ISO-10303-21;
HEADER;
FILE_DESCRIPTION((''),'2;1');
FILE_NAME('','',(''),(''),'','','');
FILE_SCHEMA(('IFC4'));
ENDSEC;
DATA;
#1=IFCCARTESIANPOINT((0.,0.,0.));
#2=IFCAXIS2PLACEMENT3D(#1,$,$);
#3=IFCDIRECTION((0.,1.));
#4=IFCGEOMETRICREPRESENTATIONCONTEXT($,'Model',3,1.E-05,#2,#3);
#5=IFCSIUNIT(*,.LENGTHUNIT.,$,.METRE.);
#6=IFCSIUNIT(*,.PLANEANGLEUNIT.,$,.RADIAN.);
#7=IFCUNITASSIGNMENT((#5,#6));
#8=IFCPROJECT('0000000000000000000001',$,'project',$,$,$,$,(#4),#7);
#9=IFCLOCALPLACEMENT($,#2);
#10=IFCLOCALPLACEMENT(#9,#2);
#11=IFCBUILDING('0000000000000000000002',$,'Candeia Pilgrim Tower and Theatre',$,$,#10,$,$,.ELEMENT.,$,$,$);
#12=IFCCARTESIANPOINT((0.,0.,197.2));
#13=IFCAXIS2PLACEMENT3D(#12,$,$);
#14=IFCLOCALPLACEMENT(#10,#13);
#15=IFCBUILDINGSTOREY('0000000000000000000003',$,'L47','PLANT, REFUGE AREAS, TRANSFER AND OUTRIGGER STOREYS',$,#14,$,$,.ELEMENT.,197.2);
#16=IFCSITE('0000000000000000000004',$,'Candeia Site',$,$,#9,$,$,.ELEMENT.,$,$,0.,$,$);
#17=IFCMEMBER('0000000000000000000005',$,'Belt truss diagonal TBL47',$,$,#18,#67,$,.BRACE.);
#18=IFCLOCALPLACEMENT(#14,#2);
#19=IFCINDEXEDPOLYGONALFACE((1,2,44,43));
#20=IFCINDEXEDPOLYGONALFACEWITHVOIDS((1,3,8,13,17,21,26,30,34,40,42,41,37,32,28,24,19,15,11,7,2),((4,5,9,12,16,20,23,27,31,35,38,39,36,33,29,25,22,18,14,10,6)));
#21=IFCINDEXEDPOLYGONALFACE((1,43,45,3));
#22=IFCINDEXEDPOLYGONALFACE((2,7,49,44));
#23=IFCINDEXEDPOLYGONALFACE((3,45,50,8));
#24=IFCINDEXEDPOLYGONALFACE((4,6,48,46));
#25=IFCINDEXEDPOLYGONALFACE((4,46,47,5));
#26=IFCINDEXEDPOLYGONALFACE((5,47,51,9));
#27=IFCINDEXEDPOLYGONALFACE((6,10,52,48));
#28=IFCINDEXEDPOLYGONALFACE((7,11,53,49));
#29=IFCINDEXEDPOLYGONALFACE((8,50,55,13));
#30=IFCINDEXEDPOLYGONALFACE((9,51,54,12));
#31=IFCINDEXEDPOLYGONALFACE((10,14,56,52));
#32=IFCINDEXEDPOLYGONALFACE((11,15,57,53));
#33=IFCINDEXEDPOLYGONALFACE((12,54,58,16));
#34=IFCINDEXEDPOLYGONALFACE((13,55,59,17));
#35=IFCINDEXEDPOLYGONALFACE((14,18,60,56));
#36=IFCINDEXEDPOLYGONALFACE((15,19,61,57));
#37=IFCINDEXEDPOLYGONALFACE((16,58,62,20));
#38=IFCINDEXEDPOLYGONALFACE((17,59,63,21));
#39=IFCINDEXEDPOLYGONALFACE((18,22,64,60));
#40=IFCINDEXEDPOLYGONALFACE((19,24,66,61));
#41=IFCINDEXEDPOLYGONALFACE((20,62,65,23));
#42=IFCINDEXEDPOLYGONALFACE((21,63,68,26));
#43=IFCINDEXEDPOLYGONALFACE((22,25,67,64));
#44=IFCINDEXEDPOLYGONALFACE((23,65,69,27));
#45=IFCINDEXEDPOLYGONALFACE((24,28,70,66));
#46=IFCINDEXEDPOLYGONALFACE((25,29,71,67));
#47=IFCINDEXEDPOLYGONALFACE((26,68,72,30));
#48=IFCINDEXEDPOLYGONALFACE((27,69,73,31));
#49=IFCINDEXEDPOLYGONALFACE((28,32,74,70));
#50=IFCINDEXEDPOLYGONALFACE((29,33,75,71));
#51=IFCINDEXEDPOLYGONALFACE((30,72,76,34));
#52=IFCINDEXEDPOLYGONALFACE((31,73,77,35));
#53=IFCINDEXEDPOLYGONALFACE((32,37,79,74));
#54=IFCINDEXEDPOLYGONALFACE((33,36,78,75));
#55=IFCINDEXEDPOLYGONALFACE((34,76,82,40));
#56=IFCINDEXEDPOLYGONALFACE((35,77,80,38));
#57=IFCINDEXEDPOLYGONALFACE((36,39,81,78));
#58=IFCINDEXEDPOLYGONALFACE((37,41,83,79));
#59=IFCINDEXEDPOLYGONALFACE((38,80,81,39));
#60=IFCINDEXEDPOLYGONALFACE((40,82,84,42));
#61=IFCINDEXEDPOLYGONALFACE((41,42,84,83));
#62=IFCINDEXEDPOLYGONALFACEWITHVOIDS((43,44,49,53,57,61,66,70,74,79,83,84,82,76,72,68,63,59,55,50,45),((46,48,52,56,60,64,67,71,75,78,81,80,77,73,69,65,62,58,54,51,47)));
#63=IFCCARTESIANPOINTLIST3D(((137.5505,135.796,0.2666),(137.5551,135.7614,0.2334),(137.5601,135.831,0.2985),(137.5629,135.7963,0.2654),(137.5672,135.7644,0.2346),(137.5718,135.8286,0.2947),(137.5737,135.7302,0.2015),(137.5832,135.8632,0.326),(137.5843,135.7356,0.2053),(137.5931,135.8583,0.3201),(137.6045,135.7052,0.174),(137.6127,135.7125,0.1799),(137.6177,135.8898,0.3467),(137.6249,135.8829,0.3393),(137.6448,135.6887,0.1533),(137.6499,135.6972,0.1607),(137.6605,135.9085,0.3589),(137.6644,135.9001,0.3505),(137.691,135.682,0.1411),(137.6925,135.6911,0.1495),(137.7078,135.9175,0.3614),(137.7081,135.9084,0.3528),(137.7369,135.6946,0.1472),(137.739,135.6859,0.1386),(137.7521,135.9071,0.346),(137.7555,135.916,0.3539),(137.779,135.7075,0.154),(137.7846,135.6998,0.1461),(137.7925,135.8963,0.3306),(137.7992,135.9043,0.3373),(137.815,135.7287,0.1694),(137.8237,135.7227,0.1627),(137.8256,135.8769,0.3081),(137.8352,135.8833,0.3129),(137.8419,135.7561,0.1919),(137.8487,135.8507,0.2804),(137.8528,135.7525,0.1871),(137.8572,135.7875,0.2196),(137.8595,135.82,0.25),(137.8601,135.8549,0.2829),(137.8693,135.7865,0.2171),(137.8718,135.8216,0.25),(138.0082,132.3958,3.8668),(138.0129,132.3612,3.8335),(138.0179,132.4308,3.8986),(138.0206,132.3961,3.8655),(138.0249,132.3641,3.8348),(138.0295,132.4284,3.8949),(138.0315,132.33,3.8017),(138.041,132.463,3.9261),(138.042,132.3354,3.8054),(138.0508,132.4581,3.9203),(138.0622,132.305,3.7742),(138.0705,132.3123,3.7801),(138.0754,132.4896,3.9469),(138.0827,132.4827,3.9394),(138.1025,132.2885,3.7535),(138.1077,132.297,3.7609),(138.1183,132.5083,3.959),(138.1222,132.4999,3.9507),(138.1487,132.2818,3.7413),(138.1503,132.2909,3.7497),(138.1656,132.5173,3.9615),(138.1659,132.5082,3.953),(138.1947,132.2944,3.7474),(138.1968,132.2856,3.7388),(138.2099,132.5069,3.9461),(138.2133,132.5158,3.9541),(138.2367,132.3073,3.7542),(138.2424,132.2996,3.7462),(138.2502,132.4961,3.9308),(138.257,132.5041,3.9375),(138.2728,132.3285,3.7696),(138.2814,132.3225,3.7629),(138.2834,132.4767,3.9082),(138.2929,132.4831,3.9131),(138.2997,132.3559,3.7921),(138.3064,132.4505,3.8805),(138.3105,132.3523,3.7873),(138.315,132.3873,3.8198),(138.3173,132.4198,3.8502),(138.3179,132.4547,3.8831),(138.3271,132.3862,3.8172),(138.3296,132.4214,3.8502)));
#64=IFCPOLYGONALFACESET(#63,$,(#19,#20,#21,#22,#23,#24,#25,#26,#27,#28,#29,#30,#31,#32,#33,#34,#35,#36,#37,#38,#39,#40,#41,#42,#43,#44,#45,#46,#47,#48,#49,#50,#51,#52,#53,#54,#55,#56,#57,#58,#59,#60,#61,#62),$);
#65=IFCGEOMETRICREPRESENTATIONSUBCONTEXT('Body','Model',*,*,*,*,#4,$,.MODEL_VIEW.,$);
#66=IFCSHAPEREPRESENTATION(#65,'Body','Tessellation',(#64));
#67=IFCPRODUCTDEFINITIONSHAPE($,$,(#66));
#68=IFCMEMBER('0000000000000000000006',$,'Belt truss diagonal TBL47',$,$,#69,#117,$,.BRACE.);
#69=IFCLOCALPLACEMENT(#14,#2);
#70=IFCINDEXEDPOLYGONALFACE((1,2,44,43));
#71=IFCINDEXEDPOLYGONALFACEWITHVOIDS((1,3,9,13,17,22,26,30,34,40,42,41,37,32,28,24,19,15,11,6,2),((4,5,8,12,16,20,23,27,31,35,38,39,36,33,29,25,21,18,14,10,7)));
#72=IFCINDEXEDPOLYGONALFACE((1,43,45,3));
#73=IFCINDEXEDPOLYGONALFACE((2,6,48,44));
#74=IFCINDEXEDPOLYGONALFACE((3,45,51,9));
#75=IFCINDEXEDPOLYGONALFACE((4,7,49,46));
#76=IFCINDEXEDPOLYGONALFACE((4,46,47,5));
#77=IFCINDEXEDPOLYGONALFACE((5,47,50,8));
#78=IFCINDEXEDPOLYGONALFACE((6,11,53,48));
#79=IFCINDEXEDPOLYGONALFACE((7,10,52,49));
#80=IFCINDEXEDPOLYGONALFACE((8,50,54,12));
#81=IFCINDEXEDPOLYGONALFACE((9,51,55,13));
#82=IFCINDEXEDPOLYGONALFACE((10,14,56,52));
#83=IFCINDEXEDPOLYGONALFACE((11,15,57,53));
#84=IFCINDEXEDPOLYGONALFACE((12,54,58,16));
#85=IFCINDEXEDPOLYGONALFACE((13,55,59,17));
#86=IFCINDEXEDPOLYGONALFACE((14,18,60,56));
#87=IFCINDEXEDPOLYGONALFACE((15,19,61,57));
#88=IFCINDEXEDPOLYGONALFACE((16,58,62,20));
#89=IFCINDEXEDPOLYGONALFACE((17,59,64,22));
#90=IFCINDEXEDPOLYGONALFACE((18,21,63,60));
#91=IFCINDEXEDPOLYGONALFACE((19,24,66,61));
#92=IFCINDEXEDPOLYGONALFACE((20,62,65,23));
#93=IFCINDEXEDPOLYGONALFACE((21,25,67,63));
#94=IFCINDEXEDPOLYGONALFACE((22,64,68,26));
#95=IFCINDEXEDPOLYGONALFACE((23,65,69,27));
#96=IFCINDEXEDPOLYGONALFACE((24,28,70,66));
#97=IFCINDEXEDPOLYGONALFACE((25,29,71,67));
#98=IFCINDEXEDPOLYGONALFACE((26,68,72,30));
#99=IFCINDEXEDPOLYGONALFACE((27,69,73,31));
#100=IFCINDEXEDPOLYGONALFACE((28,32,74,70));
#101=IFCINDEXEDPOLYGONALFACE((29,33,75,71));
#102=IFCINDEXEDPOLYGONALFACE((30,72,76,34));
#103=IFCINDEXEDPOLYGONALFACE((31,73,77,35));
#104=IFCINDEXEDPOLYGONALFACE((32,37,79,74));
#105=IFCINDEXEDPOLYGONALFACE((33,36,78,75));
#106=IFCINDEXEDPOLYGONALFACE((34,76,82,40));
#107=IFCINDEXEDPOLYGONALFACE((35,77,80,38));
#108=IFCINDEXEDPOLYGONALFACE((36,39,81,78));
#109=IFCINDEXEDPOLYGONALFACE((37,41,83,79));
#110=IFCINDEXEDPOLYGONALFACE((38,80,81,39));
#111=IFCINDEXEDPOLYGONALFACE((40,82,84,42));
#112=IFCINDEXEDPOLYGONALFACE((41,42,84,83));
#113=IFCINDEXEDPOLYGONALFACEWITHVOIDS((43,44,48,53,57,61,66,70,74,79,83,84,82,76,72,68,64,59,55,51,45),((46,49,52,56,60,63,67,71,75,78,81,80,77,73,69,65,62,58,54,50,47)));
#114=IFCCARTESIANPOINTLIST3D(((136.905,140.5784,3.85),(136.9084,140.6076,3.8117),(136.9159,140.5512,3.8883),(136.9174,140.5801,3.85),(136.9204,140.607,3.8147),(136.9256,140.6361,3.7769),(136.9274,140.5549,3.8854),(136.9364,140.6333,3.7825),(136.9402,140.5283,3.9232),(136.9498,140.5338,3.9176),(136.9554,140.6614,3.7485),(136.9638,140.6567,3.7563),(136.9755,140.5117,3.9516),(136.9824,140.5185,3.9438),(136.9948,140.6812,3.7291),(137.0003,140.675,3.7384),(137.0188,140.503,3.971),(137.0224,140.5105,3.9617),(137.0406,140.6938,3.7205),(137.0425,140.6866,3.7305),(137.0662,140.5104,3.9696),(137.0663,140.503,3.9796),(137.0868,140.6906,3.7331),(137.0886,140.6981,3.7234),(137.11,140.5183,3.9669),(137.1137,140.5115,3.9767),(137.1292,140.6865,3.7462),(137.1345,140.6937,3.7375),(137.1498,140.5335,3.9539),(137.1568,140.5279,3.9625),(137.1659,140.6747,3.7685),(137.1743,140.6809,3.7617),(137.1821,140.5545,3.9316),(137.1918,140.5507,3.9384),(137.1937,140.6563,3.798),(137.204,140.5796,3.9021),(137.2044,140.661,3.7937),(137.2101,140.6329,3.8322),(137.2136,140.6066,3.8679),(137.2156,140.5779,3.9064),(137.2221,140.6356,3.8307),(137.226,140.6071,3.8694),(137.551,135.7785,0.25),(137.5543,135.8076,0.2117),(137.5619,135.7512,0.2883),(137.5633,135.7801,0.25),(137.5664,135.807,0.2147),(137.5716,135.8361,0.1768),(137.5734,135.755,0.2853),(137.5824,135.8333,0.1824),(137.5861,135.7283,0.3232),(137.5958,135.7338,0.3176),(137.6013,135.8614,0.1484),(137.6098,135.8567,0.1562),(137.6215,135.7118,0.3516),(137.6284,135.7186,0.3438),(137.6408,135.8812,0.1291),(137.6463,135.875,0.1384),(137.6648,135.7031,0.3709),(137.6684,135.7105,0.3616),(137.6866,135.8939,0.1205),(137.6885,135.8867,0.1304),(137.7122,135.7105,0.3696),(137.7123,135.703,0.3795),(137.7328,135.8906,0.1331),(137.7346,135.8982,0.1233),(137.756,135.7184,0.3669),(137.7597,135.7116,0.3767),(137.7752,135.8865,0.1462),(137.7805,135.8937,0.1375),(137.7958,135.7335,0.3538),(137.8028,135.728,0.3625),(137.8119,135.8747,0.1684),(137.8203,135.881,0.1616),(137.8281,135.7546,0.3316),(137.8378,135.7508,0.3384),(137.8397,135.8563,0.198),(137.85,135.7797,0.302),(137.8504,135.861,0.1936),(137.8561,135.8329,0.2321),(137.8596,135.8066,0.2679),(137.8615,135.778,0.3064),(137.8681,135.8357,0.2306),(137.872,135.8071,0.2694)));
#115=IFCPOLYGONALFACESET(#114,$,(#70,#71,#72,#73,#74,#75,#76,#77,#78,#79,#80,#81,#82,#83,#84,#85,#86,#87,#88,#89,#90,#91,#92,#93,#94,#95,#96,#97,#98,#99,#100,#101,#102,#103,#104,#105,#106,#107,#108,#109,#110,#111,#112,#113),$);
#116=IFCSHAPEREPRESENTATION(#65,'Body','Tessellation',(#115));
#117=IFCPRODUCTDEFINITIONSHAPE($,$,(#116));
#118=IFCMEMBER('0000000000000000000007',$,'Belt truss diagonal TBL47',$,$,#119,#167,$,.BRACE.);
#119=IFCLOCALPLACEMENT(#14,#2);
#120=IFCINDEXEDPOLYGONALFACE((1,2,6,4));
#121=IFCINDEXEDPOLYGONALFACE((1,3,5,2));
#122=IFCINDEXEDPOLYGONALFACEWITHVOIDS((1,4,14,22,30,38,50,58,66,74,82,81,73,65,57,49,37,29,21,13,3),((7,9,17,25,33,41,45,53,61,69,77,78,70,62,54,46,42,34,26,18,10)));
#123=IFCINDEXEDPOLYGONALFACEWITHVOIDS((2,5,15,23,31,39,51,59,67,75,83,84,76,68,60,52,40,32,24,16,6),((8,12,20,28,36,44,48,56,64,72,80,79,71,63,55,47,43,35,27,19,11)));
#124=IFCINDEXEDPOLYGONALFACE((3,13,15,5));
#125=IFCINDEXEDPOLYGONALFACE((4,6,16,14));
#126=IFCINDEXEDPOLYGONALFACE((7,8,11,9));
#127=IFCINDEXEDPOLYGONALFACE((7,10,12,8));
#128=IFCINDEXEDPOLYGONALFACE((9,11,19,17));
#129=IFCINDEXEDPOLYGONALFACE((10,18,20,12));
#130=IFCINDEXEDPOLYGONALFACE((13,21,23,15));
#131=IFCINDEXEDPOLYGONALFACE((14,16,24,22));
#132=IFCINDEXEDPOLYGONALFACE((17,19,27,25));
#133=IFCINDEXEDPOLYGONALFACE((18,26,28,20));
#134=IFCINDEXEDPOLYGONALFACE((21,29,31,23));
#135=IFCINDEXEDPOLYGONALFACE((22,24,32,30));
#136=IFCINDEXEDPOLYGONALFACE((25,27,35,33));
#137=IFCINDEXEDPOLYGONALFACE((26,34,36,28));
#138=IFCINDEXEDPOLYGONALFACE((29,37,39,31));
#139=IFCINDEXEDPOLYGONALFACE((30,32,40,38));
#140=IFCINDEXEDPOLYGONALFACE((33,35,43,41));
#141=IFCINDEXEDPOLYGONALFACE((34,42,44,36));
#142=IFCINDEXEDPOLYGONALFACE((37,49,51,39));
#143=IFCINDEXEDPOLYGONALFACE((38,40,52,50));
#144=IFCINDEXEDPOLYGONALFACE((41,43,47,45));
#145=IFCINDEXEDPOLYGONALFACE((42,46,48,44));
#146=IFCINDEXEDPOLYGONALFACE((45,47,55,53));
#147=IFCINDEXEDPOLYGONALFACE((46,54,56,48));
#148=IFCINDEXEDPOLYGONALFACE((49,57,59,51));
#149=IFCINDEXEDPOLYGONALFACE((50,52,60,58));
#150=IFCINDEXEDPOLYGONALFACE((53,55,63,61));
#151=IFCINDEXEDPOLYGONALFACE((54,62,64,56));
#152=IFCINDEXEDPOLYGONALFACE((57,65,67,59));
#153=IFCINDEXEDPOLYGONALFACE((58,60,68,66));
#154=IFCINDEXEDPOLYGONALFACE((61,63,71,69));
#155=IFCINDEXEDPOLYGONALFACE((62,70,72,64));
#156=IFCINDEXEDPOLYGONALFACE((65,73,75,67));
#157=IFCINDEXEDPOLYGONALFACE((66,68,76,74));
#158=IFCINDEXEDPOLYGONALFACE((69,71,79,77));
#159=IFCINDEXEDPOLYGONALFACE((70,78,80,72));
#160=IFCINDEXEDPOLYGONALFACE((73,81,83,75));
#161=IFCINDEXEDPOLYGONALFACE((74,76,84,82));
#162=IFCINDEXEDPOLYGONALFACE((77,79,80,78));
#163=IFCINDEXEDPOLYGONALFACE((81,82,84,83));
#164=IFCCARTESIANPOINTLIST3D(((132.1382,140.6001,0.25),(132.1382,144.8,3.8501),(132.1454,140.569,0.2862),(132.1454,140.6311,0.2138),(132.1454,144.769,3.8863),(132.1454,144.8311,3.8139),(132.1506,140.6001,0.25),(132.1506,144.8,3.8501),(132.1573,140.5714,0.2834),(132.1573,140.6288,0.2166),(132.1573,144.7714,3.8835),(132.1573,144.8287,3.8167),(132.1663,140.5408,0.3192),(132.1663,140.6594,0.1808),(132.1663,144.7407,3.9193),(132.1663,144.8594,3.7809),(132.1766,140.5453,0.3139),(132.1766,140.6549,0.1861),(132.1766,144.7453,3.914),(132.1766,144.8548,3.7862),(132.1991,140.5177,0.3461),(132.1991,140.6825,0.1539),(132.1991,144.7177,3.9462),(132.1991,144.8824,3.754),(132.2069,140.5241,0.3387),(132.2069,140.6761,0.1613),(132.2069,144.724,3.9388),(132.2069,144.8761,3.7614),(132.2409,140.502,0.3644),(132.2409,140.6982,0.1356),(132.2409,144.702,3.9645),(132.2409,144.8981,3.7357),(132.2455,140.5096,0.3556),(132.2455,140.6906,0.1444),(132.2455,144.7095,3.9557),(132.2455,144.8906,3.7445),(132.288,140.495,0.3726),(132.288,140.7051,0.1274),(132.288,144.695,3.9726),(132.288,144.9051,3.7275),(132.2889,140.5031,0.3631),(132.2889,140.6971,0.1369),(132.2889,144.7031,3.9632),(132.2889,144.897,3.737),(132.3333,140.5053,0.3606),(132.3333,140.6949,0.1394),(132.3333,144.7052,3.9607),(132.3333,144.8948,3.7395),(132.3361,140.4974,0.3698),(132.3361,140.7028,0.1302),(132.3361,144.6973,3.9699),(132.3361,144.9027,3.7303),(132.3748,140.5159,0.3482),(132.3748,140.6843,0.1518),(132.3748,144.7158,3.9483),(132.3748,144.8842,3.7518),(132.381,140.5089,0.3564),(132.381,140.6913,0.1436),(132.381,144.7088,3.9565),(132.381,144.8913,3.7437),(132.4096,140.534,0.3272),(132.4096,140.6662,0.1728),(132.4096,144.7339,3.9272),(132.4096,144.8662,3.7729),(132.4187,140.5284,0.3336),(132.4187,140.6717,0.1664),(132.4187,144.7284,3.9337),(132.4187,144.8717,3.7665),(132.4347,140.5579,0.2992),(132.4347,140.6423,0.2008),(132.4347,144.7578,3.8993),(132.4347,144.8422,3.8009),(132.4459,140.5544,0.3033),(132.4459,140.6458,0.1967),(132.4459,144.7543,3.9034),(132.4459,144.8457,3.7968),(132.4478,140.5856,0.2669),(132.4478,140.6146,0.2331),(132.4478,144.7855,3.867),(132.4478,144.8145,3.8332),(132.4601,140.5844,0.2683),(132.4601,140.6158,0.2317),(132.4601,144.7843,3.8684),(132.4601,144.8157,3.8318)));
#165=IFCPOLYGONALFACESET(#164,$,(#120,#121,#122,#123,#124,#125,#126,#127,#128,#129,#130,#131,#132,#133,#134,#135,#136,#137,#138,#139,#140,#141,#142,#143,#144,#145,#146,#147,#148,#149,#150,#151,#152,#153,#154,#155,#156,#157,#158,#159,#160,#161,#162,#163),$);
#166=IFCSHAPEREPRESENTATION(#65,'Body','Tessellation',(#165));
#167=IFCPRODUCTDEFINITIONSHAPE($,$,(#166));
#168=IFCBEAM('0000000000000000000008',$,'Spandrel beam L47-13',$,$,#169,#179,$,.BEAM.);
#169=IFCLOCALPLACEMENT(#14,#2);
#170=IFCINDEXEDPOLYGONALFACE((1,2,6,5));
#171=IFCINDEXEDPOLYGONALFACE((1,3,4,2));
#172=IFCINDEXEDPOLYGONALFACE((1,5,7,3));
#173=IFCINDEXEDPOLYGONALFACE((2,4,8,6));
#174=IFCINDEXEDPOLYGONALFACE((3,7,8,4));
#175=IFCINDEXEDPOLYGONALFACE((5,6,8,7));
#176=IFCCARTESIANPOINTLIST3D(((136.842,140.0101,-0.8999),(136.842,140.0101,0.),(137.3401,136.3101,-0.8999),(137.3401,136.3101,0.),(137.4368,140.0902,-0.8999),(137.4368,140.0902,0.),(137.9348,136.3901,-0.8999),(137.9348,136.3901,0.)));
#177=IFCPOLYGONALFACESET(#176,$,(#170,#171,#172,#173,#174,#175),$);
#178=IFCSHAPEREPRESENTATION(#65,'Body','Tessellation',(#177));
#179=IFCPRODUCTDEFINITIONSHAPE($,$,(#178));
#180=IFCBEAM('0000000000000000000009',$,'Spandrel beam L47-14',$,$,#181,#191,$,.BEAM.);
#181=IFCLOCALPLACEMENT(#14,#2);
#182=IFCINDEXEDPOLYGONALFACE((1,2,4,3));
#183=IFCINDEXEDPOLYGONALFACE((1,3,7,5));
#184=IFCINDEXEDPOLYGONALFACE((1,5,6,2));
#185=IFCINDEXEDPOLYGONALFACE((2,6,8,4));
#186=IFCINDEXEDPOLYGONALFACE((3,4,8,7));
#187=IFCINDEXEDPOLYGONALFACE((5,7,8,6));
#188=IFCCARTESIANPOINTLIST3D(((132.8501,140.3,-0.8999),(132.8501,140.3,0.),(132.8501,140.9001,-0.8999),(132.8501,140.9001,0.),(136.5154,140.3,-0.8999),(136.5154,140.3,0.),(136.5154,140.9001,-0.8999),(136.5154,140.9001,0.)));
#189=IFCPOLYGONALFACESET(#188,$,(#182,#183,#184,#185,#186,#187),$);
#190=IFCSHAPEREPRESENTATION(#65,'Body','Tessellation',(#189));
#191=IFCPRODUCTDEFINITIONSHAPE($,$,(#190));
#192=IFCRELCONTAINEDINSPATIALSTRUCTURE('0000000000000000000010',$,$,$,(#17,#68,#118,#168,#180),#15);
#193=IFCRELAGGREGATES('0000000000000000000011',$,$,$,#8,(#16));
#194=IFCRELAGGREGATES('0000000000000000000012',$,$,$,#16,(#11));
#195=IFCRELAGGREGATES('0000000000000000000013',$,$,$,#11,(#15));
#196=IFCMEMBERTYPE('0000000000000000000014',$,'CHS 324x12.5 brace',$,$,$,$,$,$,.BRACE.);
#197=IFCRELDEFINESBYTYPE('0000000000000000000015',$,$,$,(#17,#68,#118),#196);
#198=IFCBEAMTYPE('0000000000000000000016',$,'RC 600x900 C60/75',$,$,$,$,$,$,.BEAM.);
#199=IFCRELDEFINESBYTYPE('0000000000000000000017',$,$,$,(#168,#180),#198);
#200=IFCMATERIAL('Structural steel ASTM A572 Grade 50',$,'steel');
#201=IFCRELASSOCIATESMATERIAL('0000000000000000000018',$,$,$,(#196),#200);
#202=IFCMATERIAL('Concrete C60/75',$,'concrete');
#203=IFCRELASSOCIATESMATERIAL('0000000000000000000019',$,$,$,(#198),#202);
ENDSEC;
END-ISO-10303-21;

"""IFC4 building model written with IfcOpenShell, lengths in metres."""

from ifc_helpers import new_model, si_unit, direction, frame, origin, origin_2d, place, context, subcontext, project, spatial, rectangle, hollow_circle, extrude, material, material_profile, profile_set, type_object, element, save


model = new_model("IFC4")

# Units and contexts
model_context = context("Model", 3, precision=1e-05, world=origin(), true_north=direction((0.0, 1.0)))
body_context = subcontext(model_context, "Body", "Model", "MODEL_VIEW")
ifc_project = project(units=[si_unit("LENGTHUNIT", "METRE"), si_unit("PLANEANGLEUNIT", "RADIAN")], contexts=[model_context])

# Site, building, storey
site_placement = place(None, origin())
site = spatial("IfcSite", under=ifc_project, at=site_placement, Name="Candeia Site", CompositionType="ELEMENT", RefElevation=0.0)
building_placement = place(site_placement, origin())
building = spatial("IfcBuilding", under=site, at=building_placement, Name="Candeia Pilgrim Tower and Theatre", CompositionType="ELEMENT")
storey_placement = place(building_placement, frame((0.0, 0.0, 197.2)))
storey = spatial("IfcBuildingStorey", under=building, at=storey_placement, Name="L47", Description="PLANT, REFUGE AREAS, TRANSFER AND OUTRIGGER STOREYS", CompositionType="ELEMENT", Elevation=197.2)

# Shared definitions
ifc_material_1 = material(Name="Concrete C60/75", Category="concrete")

# Members
ifc_material_2 = material(Name="Structural steel ASTM A572 Grade 50", Category="steel")
ifc_material_profile_1 = material_profile(ifc_material_2, hollow_circle(Radius=0.1619, WallThickness=0.0125, at=origin_2d()))
ifc_profile_set_1 = profile_set([ifc_material_profile_1], Name="Structural steel ASTM A572 Grade 50")
member_type_1 = type_object("IfcMemberType", Name="CHS 324x12.5 brace", PredefinedType="BRACE", material=ifc_profile_set_1)
member_1_placement = place(storey_placement, frame((137.7114, 135.8, 0.25), z_axis=(0.092049, -0.683714, 0.723921), x_axis=(0.991059, 0.133427, 0.0)))
element("IfcMember", 1, at=member_1_placement, inside=storey, type_object=member_type_1, Name="Belt truss diagonal TBL47", PredefinedType="BRACE", context=body_context, shape_type="SweptSolid", body=[
    extrude(hollow_circle(Radius=0.1619, WallThickness=0.0125, at=origin_2d()), origin(), (0.0, 0.0, 1.0), 4.9731),
])
member_2_placement = place(storey_placement, frame((137.7114, 135.8, 0.25), z_axis=(-0.107046, 0.795398, 0.596559), x_axis=(-0.991065, -0.133379, 0.0)))
element("IfcMember", 2, at=member_2_placement, inside=storey, type_object=member_type_1, Name="Belt truss diagonal TBL47", PredefinedType="BRACE", context=body_context, shape_type="SweptSolid", body=[
    extrude(hollow_circle(Radius=0.1619, WallThickness=0.0125, at=origin_2d()), origin(), (0.0, 0.0, 1.0), 6.0347),
])
member_3_placement = place(storey_placement, frame((132.3, 140.6001, 0.25), z_axis=(0.0, 0.759244, 0.650806), x_axis=(-1.0, 0.0, 0.0)))
element("IfcMember", 3, at=member_3_placement, inside=storey, type_object=member_type_1, Name="Belt truss diagonal TBL47", PredefinedType="BRACE", context=body_context, shape_type="SweptSolid", body=[
    extrude(hollow_circle(Radius=0.1619, WallThickness=0.0125, at=origin_2d()), origin(), (0.0, 0.0, 1.0), 5.5317),
])

# Beams
ifc_material_profile_2 = material_profile(ifc_material_1, rectangle(XDim=0.6001, YDim=0.8999, at=origin_2d()))
ifc_profile_set_2 = profile_set([ifc_material_profile_2], Name="Concrete C60/75")
beam_type = type_object("IfcBeamType", Name="RC 600x900 C60/75", PredefinedType="BEAM", material=ifc_profile_set_2)
beam_1_placement = place(storey_placement, frame((137.6375, 136.3501, -0.45), z_axis=(-0.133406, 0.991061, 0.0), x_axis=(-0.991061, -0.133406, 0.0)))
element("IfcBeam", 4, at=beam_1_placement, inside=storey, type_object=beam_type, Name="Spandrel beam L47-13", PredefinedType="BEAM", context=body_context, shape_type="SweptSolid", body=[
    extrude(rectangle(XDim=0.6001, YDim=0.8999, at=origin_2d()), origin(), (0.0, 0.0, 1.0), 3.7334),
])
beam_2_placement = place(storey_placement, frame((136.5154, 140.6001, -0.45), z_axis=(-1.0, 0.0, 0.0), x_axis=(0.0, -1.0, 0.0)))
element("IfcBeam", 5, at=beam_2_placement, inside=storey, type_object=beam_type, Name="Spandrel beam L47-14", PredefinedType="BEAM", context=body_context, shape_type="SweptSolid", body=[
    extrude(rectangle(XDim=0.6001, YDim=0.8999, at=origin_2d()), origin(), (0.0, 0.0, 1.0), 3.6653),
])

save(model, "model.ifc")
